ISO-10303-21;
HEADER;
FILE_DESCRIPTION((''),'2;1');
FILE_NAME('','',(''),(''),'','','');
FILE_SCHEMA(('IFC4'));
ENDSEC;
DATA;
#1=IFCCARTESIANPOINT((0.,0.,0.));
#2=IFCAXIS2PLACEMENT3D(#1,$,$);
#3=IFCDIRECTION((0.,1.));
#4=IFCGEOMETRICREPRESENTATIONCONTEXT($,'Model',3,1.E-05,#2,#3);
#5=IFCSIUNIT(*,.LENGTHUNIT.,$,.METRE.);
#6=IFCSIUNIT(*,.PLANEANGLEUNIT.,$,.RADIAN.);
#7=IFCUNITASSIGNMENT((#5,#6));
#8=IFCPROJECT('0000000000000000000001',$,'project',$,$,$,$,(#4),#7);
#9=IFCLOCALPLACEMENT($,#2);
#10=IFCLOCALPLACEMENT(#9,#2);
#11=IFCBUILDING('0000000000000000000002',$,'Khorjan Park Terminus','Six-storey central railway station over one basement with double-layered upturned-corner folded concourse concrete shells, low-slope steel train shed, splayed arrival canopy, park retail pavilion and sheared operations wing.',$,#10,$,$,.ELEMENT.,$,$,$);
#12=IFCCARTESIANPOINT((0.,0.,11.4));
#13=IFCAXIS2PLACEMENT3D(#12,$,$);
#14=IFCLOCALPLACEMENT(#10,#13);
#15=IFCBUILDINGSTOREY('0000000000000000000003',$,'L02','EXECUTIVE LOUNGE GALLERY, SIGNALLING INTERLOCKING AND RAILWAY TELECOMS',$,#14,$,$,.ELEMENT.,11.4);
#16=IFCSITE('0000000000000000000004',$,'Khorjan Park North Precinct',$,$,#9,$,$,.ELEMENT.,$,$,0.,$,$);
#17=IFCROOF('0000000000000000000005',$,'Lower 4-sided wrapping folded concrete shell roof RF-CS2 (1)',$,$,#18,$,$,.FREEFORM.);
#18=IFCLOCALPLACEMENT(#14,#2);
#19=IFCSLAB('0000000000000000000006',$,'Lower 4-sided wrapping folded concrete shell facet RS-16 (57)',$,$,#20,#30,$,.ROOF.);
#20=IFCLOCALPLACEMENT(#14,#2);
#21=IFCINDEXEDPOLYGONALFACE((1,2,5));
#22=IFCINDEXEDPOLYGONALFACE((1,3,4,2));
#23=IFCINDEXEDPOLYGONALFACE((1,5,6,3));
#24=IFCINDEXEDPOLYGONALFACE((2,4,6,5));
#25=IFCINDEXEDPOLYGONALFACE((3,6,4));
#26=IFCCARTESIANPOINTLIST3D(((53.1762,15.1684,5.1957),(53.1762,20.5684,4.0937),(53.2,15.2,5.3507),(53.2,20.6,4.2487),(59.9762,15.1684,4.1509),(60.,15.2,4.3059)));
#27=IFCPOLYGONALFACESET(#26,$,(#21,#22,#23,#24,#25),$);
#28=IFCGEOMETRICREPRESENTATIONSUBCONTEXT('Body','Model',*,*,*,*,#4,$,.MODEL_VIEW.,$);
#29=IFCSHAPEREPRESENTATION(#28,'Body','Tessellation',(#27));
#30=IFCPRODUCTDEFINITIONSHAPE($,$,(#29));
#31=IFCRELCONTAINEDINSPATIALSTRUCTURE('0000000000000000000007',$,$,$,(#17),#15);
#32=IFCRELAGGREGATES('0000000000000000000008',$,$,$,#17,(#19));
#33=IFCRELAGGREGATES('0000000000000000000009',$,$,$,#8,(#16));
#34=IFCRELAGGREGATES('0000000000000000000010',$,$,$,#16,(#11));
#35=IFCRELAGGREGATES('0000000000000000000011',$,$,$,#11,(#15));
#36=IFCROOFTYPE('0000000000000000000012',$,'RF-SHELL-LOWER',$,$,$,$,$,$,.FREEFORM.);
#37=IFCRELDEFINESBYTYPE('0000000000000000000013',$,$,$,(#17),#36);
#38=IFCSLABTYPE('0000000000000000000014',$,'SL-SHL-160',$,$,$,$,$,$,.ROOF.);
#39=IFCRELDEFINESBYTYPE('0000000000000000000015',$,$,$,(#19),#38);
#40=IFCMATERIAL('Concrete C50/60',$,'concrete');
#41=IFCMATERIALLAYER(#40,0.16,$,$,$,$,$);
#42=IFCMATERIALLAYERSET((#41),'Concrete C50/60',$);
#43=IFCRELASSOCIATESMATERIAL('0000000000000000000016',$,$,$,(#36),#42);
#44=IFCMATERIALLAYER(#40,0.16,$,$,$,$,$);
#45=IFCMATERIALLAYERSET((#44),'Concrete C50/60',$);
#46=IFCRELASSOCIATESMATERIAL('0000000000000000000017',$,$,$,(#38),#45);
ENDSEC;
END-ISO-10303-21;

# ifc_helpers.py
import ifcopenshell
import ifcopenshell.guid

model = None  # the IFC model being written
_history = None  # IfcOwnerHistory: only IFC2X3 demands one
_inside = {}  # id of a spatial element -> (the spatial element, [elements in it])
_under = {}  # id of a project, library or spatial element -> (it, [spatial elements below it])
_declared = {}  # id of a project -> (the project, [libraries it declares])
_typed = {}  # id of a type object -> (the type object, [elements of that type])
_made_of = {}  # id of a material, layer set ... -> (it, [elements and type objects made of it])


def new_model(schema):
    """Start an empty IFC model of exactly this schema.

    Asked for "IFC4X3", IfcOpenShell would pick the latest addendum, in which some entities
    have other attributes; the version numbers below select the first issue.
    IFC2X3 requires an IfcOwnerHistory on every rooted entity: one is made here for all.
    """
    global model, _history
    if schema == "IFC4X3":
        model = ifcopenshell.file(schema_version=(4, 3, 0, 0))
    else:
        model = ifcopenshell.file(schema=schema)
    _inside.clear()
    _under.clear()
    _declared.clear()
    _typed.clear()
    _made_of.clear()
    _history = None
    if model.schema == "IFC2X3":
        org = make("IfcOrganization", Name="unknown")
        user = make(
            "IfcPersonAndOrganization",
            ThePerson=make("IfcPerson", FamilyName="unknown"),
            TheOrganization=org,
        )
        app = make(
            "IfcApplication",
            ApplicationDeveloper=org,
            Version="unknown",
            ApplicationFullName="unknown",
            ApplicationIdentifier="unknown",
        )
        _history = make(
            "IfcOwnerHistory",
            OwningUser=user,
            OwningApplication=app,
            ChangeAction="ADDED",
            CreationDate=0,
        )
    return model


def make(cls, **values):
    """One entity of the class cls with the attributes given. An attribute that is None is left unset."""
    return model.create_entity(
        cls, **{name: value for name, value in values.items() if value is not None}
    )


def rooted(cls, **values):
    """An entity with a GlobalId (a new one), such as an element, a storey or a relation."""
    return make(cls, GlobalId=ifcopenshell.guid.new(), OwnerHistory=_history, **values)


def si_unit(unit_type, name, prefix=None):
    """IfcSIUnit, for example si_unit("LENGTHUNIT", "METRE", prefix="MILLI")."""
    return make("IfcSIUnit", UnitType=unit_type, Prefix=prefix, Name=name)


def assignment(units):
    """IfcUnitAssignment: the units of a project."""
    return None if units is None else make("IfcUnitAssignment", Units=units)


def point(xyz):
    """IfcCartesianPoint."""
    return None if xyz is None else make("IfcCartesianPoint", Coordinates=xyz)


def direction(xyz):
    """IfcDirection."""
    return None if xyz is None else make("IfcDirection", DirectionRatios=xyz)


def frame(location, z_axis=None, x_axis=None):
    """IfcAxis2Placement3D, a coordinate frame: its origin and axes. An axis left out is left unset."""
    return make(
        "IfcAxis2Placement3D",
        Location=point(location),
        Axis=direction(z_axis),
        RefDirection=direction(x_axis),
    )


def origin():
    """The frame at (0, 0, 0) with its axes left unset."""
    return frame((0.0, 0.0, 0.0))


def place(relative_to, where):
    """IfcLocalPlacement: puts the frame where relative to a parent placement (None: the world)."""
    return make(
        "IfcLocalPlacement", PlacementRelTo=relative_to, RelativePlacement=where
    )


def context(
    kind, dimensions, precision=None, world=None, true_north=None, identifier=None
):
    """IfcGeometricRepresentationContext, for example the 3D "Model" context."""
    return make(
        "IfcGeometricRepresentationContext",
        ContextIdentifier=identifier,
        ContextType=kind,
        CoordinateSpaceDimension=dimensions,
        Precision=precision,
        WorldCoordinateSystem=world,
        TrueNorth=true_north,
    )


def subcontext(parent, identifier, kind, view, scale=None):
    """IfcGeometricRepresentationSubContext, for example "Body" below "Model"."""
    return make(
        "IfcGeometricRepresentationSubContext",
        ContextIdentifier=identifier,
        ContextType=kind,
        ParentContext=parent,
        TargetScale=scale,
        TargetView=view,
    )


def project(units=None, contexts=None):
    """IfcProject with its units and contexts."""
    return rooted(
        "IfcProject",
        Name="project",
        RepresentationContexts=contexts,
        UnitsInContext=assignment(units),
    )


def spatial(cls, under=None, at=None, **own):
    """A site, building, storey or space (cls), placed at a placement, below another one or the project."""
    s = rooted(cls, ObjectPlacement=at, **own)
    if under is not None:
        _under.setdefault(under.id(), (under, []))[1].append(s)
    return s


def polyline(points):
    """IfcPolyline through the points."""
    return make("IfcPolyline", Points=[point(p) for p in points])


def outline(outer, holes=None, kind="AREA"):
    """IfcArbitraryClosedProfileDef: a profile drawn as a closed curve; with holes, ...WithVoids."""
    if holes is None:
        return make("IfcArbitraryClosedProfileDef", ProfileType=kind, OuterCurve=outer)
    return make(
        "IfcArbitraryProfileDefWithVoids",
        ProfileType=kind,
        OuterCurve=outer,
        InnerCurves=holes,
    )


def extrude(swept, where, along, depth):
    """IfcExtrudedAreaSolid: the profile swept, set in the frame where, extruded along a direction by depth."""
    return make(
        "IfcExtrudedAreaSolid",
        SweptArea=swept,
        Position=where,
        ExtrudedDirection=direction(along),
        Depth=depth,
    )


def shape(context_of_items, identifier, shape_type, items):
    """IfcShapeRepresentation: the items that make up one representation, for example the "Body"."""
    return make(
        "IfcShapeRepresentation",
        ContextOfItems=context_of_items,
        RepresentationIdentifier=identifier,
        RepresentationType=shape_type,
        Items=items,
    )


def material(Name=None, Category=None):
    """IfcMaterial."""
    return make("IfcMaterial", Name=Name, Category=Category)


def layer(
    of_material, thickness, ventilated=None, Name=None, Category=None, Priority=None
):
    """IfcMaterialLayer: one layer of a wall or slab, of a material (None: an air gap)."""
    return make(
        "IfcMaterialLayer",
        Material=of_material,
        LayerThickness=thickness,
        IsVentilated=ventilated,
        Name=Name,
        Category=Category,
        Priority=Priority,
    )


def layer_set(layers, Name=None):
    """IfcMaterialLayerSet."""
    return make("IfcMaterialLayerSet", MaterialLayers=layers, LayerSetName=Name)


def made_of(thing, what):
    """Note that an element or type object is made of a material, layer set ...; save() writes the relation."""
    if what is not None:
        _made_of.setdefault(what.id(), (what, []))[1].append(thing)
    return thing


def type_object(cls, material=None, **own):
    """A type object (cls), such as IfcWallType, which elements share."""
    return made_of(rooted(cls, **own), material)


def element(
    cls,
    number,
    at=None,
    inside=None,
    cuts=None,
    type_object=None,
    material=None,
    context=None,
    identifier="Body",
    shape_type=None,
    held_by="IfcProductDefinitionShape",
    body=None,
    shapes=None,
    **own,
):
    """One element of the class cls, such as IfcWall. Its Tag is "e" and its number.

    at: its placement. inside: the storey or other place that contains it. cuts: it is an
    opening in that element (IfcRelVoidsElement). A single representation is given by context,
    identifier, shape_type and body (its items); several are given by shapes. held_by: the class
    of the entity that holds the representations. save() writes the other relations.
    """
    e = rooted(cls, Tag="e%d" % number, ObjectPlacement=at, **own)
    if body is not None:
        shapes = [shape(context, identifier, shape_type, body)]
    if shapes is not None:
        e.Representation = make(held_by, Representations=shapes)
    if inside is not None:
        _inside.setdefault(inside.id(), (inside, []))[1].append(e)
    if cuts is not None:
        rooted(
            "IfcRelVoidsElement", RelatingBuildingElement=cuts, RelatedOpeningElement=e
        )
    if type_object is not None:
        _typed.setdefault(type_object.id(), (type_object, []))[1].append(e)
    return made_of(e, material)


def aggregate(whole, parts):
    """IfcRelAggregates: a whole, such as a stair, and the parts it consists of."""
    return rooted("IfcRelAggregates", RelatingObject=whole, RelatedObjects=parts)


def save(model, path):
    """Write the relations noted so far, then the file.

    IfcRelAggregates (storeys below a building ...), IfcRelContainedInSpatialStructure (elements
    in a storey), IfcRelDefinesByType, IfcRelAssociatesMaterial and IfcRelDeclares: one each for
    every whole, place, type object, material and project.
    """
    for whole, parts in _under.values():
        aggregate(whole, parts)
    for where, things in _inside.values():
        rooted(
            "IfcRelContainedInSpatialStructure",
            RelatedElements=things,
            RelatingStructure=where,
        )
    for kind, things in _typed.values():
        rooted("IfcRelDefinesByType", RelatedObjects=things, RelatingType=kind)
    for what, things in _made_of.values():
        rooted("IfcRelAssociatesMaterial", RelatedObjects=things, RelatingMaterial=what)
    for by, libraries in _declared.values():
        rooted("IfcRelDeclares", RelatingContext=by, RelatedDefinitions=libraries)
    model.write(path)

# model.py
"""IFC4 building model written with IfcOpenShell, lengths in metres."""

from ifc_helpers import new_model, si_unit, direction, frame, origin, place, context, subcontext, project, spatial, polyline, outline, extrude, material, layer, layer_set, type_object, element, aggregate, save


model = new_model("IFC4")

# Units and contexts
model_context = context("Model", 3, precision=1e-05, world=origin(), true_north=direction((0.0, 1.0)))
body_context = subcontext(model_context, "Body", "Model", "MODEL_VIEW")
ifc_project = project(units=[si_unit("LENGTHUNIT", "METRE"), si_unit("PLANEANGLEUNIT", "RADIAN")], contexts=[model_context])

# Site, building, storey
site_placement = place(None, origin())
site = spatial("IfcSite", under=ifc_project, at=site_placement, Name="Khorjan Park North Precinct", CompositionType="ELEMENT", RefElevation=0.0)
building_placement = place(site_placement, origin())
building = spatial("IfcBuilding", under=site, at=building_placement, Name="Khorjan Park Terminus", Description="Six-storey central railway station over one basement with double-layered upturned-corner folded concourse concrete shells, low-slope steel train shed, splayed arrival canopy, park retail pavilion and sheared operations wing.", CompositionType="ELEMENT")
storey_placement = place(building_placement, frame((0.0, 0.0, 11.4)))
storey = spatial("IfcBuildingStorey", under=building, at=storey_placement, Name="L02", Description="EXECUTIVE LOUNGE GALLERY, SIGNALLING INTERLOCKING AND RAILWAY TELECOMS", CompositionType="ELEMENT", Elevation=11.4)

# Roof, slab
ifc_material_1 = material(Name="Concrete C50/60", Category="concrete")
ifc_layer_1 = layer(ifc_material_1, 0.16)
ifc_layer_set_1 = layer_set([ifc_layer_1], Name="Concrete C50/60")
roof_type = type_object("IfcRoofType", Name="RF-SHELL-LOWER", PredefinedType="FREEFORM", material=ifc_layer_set_1)
roof_placement = place(storey_placement, origin())
roof = element("IfcRoof", 1, at=roof_placement, inside=storey, type_object=roof_type, Name="Lower 4-sided wrapping folded concrete shell roof RF-CS2 (1)", PredefinedType="FREEFORM")
ifc_layer_2 = layer(ifc_material_1, 0.16)
ifc_layer_set_2 = layer_set([ifc_layer_2], Name="Concrete C50/60")
slab_type = type_object("IfcSlabType", Name="SL-SHL-160", PredefinedType="ROOF", material=ifc_layer_set_2)
slab_1_placement = place(storey_placement, frame((53.2, 15.2, 5.3507), z_axis=(0.148867, 0.197725, 0.968888), x_axis=(0.988401, 0.0, -0.151865)))
slab_1 = element("IfcSlab", 2, at=slab_1_placement, type_object=slab_type, Name="Lower 4-sided wrapping folded concrete shell facet RS-16 (57)", PredefinedType="ROOF", context=body_context, shape_type="SweptSolid", body=[
    extrude(outline(polyline([(0.0, 0.0), (6.8798, 0.0), (0.1674, 5.5088), (0.0, 0.0)])), origin(), (0.0, 0.0, -1.0), 0.16),
])
aggregate(roof, [slab_1])

save(model, "model.ifc")
